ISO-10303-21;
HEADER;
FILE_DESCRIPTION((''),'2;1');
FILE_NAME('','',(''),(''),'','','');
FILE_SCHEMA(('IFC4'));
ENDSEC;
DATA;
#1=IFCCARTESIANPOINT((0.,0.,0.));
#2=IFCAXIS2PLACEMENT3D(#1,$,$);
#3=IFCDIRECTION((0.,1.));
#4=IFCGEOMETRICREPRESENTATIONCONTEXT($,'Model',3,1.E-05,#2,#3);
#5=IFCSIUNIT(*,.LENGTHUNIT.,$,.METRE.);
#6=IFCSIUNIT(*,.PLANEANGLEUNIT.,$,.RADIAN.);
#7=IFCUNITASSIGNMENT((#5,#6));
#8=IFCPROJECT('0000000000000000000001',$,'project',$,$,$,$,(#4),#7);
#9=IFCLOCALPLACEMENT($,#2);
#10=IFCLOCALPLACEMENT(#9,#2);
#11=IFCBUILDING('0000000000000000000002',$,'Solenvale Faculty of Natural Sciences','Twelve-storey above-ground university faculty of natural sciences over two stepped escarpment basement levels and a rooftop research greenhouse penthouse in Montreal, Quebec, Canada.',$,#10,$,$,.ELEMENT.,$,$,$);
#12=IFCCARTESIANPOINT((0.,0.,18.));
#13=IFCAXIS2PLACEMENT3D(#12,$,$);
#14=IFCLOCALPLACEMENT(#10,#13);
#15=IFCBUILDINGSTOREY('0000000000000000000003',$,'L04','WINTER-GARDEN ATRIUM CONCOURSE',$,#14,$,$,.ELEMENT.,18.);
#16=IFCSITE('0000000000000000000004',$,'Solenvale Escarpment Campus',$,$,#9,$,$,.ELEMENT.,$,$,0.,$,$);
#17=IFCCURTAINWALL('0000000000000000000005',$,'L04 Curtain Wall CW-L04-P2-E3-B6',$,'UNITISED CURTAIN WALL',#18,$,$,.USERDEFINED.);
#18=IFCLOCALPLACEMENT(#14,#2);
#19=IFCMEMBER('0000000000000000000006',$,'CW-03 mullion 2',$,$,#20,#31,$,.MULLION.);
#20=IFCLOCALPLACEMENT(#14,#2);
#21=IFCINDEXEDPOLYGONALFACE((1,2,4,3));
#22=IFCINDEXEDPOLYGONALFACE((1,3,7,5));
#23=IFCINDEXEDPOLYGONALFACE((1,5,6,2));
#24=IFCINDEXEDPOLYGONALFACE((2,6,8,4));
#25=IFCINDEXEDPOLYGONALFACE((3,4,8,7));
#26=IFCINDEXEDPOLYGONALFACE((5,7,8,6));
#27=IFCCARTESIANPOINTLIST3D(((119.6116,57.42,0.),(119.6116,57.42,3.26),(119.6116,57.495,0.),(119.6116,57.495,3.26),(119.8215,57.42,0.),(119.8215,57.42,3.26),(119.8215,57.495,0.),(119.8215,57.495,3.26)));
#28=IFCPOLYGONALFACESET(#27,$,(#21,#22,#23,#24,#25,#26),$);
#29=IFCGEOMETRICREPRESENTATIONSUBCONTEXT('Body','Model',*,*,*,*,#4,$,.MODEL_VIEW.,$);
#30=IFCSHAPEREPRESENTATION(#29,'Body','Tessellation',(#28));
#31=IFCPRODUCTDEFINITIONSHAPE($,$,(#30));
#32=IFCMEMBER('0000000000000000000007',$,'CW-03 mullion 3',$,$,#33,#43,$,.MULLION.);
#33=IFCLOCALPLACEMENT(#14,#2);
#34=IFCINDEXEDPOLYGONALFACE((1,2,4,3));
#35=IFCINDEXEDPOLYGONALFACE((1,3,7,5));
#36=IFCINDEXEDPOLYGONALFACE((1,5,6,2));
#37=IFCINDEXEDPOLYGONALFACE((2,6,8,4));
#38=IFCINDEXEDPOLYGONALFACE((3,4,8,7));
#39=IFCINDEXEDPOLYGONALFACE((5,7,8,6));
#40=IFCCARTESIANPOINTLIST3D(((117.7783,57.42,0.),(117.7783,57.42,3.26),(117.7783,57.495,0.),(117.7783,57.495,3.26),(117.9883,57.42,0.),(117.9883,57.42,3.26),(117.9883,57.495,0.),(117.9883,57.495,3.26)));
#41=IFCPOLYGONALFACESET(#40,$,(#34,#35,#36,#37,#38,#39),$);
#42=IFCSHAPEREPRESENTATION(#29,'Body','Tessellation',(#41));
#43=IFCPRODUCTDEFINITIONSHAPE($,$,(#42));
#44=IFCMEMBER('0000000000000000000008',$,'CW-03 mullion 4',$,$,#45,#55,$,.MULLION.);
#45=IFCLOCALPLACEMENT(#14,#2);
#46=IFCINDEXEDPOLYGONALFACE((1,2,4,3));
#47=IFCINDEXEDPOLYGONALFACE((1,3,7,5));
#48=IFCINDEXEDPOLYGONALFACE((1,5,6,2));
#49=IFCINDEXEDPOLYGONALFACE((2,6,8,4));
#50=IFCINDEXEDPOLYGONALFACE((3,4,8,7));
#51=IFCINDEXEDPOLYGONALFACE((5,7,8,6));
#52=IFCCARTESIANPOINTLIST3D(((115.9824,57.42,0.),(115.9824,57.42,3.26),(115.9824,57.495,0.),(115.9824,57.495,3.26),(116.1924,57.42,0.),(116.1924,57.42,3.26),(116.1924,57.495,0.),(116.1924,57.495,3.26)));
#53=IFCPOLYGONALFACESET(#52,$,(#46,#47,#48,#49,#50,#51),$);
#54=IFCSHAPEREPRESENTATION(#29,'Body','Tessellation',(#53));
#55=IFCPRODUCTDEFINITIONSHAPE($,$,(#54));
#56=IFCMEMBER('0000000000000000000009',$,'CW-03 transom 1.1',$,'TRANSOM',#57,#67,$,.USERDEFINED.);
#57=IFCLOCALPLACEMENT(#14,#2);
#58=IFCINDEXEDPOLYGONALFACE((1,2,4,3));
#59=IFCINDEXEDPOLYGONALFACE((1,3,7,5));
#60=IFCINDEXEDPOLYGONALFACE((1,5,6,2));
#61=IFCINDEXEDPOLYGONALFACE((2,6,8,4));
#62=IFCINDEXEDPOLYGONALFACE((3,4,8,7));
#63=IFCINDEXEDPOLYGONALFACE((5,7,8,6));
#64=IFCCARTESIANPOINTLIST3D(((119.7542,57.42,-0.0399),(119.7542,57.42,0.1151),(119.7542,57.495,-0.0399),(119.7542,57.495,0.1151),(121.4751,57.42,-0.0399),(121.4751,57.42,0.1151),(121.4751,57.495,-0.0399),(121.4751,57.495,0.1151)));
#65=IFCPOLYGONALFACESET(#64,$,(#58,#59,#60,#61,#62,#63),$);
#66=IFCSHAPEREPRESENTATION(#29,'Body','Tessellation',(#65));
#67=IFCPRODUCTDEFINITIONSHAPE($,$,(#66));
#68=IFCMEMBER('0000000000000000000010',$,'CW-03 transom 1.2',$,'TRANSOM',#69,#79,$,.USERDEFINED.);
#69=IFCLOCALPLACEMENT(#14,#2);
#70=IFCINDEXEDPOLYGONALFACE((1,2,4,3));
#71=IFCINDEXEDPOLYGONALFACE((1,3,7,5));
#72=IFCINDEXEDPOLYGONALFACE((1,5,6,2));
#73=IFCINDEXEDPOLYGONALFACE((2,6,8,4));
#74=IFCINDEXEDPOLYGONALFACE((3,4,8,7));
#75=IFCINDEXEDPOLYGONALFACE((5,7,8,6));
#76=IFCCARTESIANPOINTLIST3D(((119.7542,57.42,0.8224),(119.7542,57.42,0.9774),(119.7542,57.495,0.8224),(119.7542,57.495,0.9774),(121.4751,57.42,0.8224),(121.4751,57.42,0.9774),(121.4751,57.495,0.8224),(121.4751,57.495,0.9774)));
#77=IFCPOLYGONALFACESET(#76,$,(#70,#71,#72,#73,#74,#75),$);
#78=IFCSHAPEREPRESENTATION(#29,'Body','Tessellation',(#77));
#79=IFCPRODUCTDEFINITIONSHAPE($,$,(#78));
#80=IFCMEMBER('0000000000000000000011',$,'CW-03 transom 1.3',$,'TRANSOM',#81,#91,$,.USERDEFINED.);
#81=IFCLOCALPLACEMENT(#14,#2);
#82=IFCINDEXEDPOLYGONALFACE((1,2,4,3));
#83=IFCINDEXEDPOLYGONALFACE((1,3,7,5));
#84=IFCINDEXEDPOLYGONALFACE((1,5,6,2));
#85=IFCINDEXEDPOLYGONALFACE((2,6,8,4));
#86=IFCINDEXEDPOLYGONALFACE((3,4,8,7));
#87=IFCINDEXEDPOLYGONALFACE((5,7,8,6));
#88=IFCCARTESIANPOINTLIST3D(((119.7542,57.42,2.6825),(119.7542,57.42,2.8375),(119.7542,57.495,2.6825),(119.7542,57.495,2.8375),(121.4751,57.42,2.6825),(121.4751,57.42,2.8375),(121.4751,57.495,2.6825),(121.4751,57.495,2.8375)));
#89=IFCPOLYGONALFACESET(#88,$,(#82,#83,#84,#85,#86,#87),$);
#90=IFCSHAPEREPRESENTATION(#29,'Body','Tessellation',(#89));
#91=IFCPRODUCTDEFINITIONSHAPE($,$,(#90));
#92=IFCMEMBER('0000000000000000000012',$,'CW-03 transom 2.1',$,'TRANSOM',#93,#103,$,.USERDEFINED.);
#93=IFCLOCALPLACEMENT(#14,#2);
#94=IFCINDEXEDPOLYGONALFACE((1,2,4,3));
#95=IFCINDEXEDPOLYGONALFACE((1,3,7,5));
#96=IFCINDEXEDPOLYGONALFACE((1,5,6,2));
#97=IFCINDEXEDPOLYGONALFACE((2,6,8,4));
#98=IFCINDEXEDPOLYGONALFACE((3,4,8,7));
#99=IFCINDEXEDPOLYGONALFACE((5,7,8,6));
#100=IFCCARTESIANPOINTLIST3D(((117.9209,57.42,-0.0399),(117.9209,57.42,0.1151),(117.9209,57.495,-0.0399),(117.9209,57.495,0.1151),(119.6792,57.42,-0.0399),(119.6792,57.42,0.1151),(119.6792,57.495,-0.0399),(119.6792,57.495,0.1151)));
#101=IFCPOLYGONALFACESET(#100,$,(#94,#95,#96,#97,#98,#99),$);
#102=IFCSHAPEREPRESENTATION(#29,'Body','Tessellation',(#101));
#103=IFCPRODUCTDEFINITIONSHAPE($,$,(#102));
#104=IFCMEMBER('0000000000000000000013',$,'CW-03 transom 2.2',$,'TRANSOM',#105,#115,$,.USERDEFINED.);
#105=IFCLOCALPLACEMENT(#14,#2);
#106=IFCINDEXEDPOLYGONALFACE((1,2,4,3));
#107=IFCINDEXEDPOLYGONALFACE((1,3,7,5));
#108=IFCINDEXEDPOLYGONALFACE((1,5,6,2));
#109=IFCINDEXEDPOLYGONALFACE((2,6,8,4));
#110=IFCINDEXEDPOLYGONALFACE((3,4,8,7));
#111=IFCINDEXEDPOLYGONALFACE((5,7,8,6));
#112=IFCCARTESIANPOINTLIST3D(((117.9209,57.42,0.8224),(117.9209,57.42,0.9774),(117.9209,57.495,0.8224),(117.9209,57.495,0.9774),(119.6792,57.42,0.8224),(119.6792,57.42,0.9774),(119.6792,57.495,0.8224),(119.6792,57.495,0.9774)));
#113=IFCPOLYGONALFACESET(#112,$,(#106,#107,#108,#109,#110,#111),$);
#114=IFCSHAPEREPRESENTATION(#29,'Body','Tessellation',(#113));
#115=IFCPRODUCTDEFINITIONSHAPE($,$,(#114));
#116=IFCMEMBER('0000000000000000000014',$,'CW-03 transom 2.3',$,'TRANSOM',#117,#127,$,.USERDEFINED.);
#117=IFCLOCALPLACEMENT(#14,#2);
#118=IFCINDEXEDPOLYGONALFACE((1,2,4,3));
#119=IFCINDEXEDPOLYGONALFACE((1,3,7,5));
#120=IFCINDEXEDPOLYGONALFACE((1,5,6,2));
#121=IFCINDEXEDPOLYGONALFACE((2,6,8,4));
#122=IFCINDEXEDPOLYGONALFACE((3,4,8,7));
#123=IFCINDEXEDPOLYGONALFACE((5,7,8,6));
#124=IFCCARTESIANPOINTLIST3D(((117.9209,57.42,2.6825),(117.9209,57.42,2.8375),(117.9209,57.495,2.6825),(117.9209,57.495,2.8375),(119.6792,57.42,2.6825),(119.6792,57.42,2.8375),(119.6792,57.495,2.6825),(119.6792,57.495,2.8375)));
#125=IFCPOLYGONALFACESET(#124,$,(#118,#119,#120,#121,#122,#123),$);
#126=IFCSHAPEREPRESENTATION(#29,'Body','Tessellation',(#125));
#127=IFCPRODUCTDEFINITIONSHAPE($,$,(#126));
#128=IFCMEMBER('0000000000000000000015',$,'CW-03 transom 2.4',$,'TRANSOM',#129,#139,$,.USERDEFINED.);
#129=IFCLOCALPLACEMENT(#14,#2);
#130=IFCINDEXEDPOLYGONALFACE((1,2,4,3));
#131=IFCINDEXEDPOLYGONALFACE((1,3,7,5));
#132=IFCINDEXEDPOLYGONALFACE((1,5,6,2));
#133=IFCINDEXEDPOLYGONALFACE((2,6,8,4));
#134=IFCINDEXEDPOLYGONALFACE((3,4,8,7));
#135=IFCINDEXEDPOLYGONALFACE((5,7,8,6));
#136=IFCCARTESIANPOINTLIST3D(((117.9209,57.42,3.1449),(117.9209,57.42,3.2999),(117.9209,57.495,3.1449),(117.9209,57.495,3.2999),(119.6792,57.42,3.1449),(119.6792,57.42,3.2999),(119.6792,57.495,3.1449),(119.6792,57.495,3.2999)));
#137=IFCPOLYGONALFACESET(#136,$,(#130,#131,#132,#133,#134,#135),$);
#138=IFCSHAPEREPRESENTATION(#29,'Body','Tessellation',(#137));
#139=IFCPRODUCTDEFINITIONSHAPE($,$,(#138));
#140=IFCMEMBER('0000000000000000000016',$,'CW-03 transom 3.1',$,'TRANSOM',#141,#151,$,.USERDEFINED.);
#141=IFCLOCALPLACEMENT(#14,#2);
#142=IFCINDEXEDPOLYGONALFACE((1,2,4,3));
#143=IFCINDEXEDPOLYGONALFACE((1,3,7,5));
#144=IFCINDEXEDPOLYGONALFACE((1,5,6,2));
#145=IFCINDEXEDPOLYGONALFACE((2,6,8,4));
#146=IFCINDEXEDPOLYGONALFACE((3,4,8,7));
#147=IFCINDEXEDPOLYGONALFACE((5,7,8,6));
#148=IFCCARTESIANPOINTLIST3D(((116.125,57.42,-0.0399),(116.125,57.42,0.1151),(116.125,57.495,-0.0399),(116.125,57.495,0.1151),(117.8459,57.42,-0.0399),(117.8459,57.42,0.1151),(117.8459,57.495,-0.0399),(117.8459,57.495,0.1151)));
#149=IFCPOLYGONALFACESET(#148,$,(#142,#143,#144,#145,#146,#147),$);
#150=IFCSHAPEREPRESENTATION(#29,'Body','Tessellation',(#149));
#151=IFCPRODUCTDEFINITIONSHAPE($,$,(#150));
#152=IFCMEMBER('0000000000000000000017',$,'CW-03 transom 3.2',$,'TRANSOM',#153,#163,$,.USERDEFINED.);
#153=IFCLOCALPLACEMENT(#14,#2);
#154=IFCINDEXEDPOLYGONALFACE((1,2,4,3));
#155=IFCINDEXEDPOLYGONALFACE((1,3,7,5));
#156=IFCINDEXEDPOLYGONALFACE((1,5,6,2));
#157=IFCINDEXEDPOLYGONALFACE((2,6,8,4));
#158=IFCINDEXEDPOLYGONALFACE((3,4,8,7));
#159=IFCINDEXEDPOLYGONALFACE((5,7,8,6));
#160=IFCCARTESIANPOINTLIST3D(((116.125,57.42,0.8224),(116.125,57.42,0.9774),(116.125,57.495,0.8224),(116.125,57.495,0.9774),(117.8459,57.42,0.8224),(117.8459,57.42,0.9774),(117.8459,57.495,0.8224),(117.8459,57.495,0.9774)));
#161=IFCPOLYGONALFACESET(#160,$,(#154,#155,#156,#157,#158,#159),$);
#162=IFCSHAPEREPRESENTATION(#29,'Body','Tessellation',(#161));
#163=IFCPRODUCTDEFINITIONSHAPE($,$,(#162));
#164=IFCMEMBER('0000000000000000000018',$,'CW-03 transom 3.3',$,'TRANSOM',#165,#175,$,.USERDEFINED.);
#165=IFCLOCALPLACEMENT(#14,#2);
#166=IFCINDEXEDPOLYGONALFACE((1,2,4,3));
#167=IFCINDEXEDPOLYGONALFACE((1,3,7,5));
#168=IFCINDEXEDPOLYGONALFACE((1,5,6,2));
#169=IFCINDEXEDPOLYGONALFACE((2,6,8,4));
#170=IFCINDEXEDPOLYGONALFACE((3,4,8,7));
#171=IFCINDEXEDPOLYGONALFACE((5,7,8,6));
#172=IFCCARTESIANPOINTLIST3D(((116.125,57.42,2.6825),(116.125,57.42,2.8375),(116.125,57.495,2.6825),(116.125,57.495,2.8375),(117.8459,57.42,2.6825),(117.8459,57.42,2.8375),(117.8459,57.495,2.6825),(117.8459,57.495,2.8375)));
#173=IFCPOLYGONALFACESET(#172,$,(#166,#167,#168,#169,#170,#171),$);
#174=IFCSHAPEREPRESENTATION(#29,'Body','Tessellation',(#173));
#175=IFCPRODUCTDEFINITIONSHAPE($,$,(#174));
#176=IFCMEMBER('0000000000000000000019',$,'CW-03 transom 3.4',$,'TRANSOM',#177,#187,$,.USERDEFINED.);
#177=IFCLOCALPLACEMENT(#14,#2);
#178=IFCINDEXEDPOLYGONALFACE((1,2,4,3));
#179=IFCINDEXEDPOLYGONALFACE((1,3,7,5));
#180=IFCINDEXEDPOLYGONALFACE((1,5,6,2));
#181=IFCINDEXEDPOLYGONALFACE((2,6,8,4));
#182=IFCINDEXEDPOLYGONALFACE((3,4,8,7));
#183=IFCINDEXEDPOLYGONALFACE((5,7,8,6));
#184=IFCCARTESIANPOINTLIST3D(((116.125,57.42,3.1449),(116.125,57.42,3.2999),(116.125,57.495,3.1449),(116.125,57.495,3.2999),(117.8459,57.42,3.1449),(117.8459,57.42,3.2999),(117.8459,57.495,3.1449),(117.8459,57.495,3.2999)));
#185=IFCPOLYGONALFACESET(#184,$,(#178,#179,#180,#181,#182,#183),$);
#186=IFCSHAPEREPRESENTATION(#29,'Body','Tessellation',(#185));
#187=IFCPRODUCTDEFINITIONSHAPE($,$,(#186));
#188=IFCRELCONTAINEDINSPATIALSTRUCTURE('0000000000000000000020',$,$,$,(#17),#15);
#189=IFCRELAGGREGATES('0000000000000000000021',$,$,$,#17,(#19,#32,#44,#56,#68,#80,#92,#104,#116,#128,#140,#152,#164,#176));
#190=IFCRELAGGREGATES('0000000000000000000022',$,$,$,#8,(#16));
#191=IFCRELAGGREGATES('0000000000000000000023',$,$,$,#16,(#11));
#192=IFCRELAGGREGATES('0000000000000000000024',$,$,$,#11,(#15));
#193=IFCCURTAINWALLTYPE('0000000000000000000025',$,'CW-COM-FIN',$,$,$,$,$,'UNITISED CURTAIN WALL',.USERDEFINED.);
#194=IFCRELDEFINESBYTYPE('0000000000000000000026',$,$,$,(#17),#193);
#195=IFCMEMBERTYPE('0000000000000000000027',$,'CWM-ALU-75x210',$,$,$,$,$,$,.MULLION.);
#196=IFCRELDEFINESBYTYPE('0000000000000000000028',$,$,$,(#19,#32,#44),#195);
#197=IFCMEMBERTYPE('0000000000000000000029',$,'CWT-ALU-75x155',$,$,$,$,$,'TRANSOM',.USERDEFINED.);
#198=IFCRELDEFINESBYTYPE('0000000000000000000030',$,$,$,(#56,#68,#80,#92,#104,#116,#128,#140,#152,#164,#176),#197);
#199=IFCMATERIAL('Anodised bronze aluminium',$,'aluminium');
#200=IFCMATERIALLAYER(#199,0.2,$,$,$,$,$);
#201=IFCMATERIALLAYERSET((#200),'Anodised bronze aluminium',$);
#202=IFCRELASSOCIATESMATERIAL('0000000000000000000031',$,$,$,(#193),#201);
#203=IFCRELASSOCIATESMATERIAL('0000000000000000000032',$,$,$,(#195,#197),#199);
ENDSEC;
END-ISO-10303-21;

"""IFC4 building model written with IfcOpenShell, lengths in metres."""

from ifc_helpers import new_model, si_unit, direction, frame, origin, origin_2d, place, context, subcontext, project, spatial, rectangle, extrude, material, layer, layer_set, material_profile, profile_set, type_object, element, aggregate, save


model = new_model("IFC4")

# Units and contexts
model_context = context("Model", 3, precision=1e-05, world=origin(), true_north=direction((0.0, 1.0)))
body_context = subcontext(model_context, "Body", "Model", "MODEL_VIEW")
ifc_project = project(units=[si_unit("LENGTHUNIT", "METRE"), si_unit("PLANEANGLEUNIT", "RADIAN")], contexts=[model_context])

# Site, building, storey
site_placement = place(None, origin())
site = spatial("IfcSite", under=ifc_project, at=site_placement, Name="Solenvale Escarpment Campus", CompositionType="ELEMENT", RefElevation=0.0)
building_placement = place(site_placement, origin())
building = spatial("IfcBuilding", under=site, at=building_placement, Name="Solenvale Faculty of Natural Sciences", Description="Twelve-storey above-ground university faculty of natural sciences over two stepped escarpment basement levels and a rooftop research greenhouse penthouse in Montreal, Quebec, Canada.", CompositionType="ELEMENT")
storey_placement = place(building_placement, frame((0.0, 0.0, 18.0)))
storey = spatial("IfcBuildingStorey", under=building, at=storey_placement, Name="L04", Description="WINTER-GARDEN ATRIUM CONCOURSE", CompositionType="ELEMENT", Elevation=18.0)

# Curtain wall, members
ifc_material = material(Name="Anodised bronze aluminium", Category="aluminium")
ifc_layer_1 = layer(ifc_material, 0.2)
ifc_layer_set_1 = layer_set([ifc_layer_1], Name="Anodised bronze aluminium")
curtain_wall_type = type_object("IfcCurtainWallType", Name="CW-COM-FIN", ElementType="UNITISED CURTAIN WALL", PredefinedType="USERDEFINED", material=ifc_layer_set_1)
curtain_wall_placement = place(storey_placement, origin())
curtain_wall = element("IfcCurtainWall", 1, at=curtain_wall_placement, inside=storey, type_object=curtain_wall_type, Name="L04 Curtain Wall CW-L04-P2-E3-B6", ObjectType="UNITISED CURTAIN WALL", PredefinedType="USERDEFINED")
ifc_material_profile_1 = material_profile(ifc_material, rectangle(XDim=0.075, YDim=0.21, at=origin_2d()), Name="ALU-MUL-75x210")
ifc_profile_set_1 = profile_set([ifc_material_profile_1], Name="Anodised bronze aluminium")
member_type_1 = type_object("IfcMemberType", Name="CWM-ALU-75x210", PredefinedType="MULLION", material=ifc_profile_set_1)
member_1_placement = place(storey_placement, frame((119.7166, 57.4575, 0.0), z_axis=(0.0, 0.0, 1.0), x_axis=(0.0, -1.0, 0.0)))
member_1 = element("IfcMember", 2, at=member_1_placement, type_object=member_type_1, Name="CW-03 mullion 2", PredefinedType="MULLION", context=body_context, shape_type="SweptSolid", body=[
    extrude(rectangle(XDim=0.075, YDim=0.21, at=origin_2d()), origin(), (0.0, 0.0, 1.0), 3.26),
])
member_2_placement = place(storey_placement, frame((117.8833, 57.4575, 0.0), z_axis=(0.0, 0.0, 1.0), x_axis=(0.0, -1.0, 0.0)))
member_2 = element("IfcMember", 3, at=member_2_placement, type_object=member_type_1, Name="CW-03 mullion 3", PredefinedType="MULLION", context=body_context, shape_type="SweptSolid", body=[
    extrude(rectangle(XDim=0.075, YDim=0.21, at=origin_2d()), origin(), (0.0, 0.0, 1.0), 3.26),
])
member_3_placement = place(storey_placement, frame((116.0874, 57.4575, 0.0), z_axis=(0.0, 0.0, 1.0), x_axis=(0.0, -1.0, 0.0)))
member_3 = element("IfcMember", 4, at=member_3_placement, type_object=member_type_1, Name="CW-03 mullion 4", PredefinedType="MULLION", context=body_context, shape_type="SweptSolid", body=[
    extrude(rectangle(XDim=0.075, YDim=0.21, at=origin_2d()), origin(), (0.0, 0.0, 1.0), 3.26),
])
ifc_material_profile_2 = material_profile(ifc_material, rectangle(XDim=0.075, YDim=0.155, at=origin_2d()), Name="ALU-TRN-75x155")
ifc_profile_set_2 = profile_set([ifc_material_profile_2], Name="Anodised bronze aluminium")
member_type_2 = type_object("IfcMemberType", Name="CWT-ALU-75x155", ElementType="TRANSOM", PredefinedType="USERDEFINED", material=ifc_profile_set_2)
member_4_placement = place(storey_placement, frame((121.4751, 57.4575, 0.0376), z_axis=(-1.0, 0.0, 0.0), x_axis=(0.0, -1.0, 0.0)))
member_4 = element("IfcMember", 5, at=member_4_placement, type_object=member_type_2, Name="CW-03 transom 1.1", ObjectType="TRANSOM", PredefinedType="USERDEFINED", context=body_context, shape_type="SweptSolid", body=[
    extrude(rectangle(XDim=0.075, YDim=0.155, at=origin_2d()), origin(), (0.0, 0.0, 1.0), 1.7209),
])
member_5_placement = place(storey_placement, frame((121.4751, 57.4575, 0.8999), z_axis=(-1.0, 0.0, 0.0), x_axis=(0.0, -1.0, 0.0)))
member_5 = element("IfcMember", 6, at=member_5_placement, type_object=member_type_2, Name="CW-03 transom 1.2", ObjectType="TRANSOM", PredefinedType="USERDEFINED", context=body_context, shape_type="SweptSolid", body=[
    extrude(rectangle(XDim=0.075, YDim=0.155, at=origin_2d()), origin(), (0.0, 0.0, 1.0), 1.7209),
])
member_6_placement = place(storey_placement, frame((121.4751, 57.4575, 2.76), z_axis=(-1.0, 0.0, 0.0), x_axis=(0.0, -1.0, 0.0)))
member_6 = element("IfcMember", 7, at=member_6_placement, type_object=member_type_2, Name="CW-03 transom 1.3", ObjectType="TRANSOM", PredefinedType="USERDEFINED", context=body_context, shape_type="SweptSolid", body=[
    extrude(rectangle(XDim=0.075, YDim=0.155, at=origin_2d()), origin(), (0.0, 0.0, 1.0), 1.7209),
])
member_7_placement = place(storey_placement, frame((119.6792, 57.4575, 0.0376), z_axis=(-1.0, 0.0, 0.0), x_axis=(0.0, -1.0, 0.0)))
member_7 = element("IfcMember", 8, at=member_7_placement, type_object=member_type_2, Name="CW-03 transom 2.1", ObjectType="TRANSOM", PredefinedType="USERDEFINED", context=body_context, shape_type="SweptSolid", body=[
    extrude(rectangle(XDim=0.075, YDim=0.155, at=origin_2d()), origin(), (0.0, 0.0, 1.0), 1.7583),
])
member_8_placement = place(storey_placement, frame((119.6792, 57.4575, 0.8999), z_axis=(-1.0, 0.0, 0.0), x_axis=(0.0, -1.0, 0.0)))
member_8 = element("IfcMember", 9, at=member_8_placement, type_object=member_type_2, Name="CW-03 transom 2.2", ObjectType="TRANSOM", PredefinedType="USERDEFINED", context=body_context, shape_type="SweptSolid", body=[
    extrude(rectangle(XDim=0.075, YDim=0.155, at=origin_2d()), origin(), (0.0, 0.0, 1.0), 1.7583),
])
member_9_placement = place(storey_placement, frame((119.6792, 57.4575, 2.76), z_axis=(-1.0, 0.0, 0.0), x_axis=(0.0, -1.0, 0.0)))
member_9 = element("IfcMember", 10, at=member_9_placement, type_object=member_type_2, Name="CW-03 transom 2.3", ObjectType="TRANSOM", PredefinedType="USERDEFINED", context=body_context, shape_type="SweptSolid", body=[
    extrude(rectangle(XDim=0.075, YDim=0.155, at=origin_2d()), origin(), (0.0, 0.0, 1.0), 1.7583),
])
member_10_placement = place(storey_placement, frame((119.6792, 57.4575, 3.2224), z_axis=(-1.0, 0.0, 0.0), x_axis=(0.0, -1.0, 0.0)))
member_10 = element("IfcMember", 11, at=member_10_placement, type_object=member_type_2, Name="CW-03 transom 2.4", ObjectType="TRANSOM", PredefinedType="USERDEFINED", context=body_context, shape_type="SweptSolid", body=[
    extrude(rectangle(XDim=0.075, YDim=0.155, at=origin_2d()), origin(), (0.0, 0.0, 1.0), 1.7583),
])
member_11_placement = place(storey_placement, frame((117.8459, 57.4575, 0.0376), z_axis=(-1.0, 0.0, 0.0), x_axis=(0.0, -1.0, 0.0)))
member_11 = element("IfcMember", 12, at=member_11_placement, type_object=member_type_2, Name="CW-03 transom 3.1", ObjectType="TRANSOM", PredefinedType="USERDEFINED", context=body_context, shape_type="SweptSolid", body=[
    extrude(rectangle(XDim=0.075, YDim=0.155, at=origin_2d()), origin(), (0.0, 0.0, 1.0), 1.7209),
])
member_12_placement = place(storey_placement, frame((117.8459, 57.4575, 0.8999), z_axis=(-1.0, 0.0, 0.0), x_axis=(0.0, -1.0, 0.0)))
member_12 = element("IfcMember", 13, at=member_12_placement, type_object=member_type_2, Name="CW-03 transom 3.2", ObjectType="TRANSOM", PredefinedType="USERDEFINED", context=body_context, shape_type="SweptSolid", body=[
    extrude(rectangle(XDim=0.075, YDim=0.155, at=origin_2d()), origin(), (0.0, 0.0, 1.0), 1.7209),
])
member_13_placement = place(storey_placement, frame((117.8459, 57.4575, 2.76), z_axis=(-1.0, 0.0, 0.0), x_axis=(0.0, -1.0, 0.0)))
member_13 = element("IfcMember", 14, at=member_13_placement, type_object=member_type_2, Name="CW-03 transom 3.3", ObjectType="TRANSOM", PredefinedType="USERDEFINED", context=body_context, shape_type="SweptSolid", body=[
    extrude(rectangle(XDim=0.075, YDim=0.155, at=origin_2d()), origin(), (0.0, 0.0, 1.0), 1.7209),
])
member_14_placement = place(storey_placement, frame((117.8459, 57.4575, 3.2224), z_axis=(-1.0, 0.0, 0.0), x_axis=(0.0, -1.0, 0.0)))
member_14 = element("IfcMember", 15, at=member_14_placement, type_object=member_type_2, Name="CW-03 transom 3.4", ObjectType="TRANSOM", PredefinedType="USERDEFINED", context=body_context, shape_type="SweptSolid", body=[
    extrude(rectangle(XDim=0.075, YDim=0.155, at=origin_2d()), origin(), (0.0, 0.0, 1.0), 1.7209),
])
aggregate(curtain_wall, [member_1, member_2, member_3, member_4, member_5, member_6, member_7, member_8, member_9, member_10, member_11, member_12, member_13, member_14])

save(model, "model.ifc")
